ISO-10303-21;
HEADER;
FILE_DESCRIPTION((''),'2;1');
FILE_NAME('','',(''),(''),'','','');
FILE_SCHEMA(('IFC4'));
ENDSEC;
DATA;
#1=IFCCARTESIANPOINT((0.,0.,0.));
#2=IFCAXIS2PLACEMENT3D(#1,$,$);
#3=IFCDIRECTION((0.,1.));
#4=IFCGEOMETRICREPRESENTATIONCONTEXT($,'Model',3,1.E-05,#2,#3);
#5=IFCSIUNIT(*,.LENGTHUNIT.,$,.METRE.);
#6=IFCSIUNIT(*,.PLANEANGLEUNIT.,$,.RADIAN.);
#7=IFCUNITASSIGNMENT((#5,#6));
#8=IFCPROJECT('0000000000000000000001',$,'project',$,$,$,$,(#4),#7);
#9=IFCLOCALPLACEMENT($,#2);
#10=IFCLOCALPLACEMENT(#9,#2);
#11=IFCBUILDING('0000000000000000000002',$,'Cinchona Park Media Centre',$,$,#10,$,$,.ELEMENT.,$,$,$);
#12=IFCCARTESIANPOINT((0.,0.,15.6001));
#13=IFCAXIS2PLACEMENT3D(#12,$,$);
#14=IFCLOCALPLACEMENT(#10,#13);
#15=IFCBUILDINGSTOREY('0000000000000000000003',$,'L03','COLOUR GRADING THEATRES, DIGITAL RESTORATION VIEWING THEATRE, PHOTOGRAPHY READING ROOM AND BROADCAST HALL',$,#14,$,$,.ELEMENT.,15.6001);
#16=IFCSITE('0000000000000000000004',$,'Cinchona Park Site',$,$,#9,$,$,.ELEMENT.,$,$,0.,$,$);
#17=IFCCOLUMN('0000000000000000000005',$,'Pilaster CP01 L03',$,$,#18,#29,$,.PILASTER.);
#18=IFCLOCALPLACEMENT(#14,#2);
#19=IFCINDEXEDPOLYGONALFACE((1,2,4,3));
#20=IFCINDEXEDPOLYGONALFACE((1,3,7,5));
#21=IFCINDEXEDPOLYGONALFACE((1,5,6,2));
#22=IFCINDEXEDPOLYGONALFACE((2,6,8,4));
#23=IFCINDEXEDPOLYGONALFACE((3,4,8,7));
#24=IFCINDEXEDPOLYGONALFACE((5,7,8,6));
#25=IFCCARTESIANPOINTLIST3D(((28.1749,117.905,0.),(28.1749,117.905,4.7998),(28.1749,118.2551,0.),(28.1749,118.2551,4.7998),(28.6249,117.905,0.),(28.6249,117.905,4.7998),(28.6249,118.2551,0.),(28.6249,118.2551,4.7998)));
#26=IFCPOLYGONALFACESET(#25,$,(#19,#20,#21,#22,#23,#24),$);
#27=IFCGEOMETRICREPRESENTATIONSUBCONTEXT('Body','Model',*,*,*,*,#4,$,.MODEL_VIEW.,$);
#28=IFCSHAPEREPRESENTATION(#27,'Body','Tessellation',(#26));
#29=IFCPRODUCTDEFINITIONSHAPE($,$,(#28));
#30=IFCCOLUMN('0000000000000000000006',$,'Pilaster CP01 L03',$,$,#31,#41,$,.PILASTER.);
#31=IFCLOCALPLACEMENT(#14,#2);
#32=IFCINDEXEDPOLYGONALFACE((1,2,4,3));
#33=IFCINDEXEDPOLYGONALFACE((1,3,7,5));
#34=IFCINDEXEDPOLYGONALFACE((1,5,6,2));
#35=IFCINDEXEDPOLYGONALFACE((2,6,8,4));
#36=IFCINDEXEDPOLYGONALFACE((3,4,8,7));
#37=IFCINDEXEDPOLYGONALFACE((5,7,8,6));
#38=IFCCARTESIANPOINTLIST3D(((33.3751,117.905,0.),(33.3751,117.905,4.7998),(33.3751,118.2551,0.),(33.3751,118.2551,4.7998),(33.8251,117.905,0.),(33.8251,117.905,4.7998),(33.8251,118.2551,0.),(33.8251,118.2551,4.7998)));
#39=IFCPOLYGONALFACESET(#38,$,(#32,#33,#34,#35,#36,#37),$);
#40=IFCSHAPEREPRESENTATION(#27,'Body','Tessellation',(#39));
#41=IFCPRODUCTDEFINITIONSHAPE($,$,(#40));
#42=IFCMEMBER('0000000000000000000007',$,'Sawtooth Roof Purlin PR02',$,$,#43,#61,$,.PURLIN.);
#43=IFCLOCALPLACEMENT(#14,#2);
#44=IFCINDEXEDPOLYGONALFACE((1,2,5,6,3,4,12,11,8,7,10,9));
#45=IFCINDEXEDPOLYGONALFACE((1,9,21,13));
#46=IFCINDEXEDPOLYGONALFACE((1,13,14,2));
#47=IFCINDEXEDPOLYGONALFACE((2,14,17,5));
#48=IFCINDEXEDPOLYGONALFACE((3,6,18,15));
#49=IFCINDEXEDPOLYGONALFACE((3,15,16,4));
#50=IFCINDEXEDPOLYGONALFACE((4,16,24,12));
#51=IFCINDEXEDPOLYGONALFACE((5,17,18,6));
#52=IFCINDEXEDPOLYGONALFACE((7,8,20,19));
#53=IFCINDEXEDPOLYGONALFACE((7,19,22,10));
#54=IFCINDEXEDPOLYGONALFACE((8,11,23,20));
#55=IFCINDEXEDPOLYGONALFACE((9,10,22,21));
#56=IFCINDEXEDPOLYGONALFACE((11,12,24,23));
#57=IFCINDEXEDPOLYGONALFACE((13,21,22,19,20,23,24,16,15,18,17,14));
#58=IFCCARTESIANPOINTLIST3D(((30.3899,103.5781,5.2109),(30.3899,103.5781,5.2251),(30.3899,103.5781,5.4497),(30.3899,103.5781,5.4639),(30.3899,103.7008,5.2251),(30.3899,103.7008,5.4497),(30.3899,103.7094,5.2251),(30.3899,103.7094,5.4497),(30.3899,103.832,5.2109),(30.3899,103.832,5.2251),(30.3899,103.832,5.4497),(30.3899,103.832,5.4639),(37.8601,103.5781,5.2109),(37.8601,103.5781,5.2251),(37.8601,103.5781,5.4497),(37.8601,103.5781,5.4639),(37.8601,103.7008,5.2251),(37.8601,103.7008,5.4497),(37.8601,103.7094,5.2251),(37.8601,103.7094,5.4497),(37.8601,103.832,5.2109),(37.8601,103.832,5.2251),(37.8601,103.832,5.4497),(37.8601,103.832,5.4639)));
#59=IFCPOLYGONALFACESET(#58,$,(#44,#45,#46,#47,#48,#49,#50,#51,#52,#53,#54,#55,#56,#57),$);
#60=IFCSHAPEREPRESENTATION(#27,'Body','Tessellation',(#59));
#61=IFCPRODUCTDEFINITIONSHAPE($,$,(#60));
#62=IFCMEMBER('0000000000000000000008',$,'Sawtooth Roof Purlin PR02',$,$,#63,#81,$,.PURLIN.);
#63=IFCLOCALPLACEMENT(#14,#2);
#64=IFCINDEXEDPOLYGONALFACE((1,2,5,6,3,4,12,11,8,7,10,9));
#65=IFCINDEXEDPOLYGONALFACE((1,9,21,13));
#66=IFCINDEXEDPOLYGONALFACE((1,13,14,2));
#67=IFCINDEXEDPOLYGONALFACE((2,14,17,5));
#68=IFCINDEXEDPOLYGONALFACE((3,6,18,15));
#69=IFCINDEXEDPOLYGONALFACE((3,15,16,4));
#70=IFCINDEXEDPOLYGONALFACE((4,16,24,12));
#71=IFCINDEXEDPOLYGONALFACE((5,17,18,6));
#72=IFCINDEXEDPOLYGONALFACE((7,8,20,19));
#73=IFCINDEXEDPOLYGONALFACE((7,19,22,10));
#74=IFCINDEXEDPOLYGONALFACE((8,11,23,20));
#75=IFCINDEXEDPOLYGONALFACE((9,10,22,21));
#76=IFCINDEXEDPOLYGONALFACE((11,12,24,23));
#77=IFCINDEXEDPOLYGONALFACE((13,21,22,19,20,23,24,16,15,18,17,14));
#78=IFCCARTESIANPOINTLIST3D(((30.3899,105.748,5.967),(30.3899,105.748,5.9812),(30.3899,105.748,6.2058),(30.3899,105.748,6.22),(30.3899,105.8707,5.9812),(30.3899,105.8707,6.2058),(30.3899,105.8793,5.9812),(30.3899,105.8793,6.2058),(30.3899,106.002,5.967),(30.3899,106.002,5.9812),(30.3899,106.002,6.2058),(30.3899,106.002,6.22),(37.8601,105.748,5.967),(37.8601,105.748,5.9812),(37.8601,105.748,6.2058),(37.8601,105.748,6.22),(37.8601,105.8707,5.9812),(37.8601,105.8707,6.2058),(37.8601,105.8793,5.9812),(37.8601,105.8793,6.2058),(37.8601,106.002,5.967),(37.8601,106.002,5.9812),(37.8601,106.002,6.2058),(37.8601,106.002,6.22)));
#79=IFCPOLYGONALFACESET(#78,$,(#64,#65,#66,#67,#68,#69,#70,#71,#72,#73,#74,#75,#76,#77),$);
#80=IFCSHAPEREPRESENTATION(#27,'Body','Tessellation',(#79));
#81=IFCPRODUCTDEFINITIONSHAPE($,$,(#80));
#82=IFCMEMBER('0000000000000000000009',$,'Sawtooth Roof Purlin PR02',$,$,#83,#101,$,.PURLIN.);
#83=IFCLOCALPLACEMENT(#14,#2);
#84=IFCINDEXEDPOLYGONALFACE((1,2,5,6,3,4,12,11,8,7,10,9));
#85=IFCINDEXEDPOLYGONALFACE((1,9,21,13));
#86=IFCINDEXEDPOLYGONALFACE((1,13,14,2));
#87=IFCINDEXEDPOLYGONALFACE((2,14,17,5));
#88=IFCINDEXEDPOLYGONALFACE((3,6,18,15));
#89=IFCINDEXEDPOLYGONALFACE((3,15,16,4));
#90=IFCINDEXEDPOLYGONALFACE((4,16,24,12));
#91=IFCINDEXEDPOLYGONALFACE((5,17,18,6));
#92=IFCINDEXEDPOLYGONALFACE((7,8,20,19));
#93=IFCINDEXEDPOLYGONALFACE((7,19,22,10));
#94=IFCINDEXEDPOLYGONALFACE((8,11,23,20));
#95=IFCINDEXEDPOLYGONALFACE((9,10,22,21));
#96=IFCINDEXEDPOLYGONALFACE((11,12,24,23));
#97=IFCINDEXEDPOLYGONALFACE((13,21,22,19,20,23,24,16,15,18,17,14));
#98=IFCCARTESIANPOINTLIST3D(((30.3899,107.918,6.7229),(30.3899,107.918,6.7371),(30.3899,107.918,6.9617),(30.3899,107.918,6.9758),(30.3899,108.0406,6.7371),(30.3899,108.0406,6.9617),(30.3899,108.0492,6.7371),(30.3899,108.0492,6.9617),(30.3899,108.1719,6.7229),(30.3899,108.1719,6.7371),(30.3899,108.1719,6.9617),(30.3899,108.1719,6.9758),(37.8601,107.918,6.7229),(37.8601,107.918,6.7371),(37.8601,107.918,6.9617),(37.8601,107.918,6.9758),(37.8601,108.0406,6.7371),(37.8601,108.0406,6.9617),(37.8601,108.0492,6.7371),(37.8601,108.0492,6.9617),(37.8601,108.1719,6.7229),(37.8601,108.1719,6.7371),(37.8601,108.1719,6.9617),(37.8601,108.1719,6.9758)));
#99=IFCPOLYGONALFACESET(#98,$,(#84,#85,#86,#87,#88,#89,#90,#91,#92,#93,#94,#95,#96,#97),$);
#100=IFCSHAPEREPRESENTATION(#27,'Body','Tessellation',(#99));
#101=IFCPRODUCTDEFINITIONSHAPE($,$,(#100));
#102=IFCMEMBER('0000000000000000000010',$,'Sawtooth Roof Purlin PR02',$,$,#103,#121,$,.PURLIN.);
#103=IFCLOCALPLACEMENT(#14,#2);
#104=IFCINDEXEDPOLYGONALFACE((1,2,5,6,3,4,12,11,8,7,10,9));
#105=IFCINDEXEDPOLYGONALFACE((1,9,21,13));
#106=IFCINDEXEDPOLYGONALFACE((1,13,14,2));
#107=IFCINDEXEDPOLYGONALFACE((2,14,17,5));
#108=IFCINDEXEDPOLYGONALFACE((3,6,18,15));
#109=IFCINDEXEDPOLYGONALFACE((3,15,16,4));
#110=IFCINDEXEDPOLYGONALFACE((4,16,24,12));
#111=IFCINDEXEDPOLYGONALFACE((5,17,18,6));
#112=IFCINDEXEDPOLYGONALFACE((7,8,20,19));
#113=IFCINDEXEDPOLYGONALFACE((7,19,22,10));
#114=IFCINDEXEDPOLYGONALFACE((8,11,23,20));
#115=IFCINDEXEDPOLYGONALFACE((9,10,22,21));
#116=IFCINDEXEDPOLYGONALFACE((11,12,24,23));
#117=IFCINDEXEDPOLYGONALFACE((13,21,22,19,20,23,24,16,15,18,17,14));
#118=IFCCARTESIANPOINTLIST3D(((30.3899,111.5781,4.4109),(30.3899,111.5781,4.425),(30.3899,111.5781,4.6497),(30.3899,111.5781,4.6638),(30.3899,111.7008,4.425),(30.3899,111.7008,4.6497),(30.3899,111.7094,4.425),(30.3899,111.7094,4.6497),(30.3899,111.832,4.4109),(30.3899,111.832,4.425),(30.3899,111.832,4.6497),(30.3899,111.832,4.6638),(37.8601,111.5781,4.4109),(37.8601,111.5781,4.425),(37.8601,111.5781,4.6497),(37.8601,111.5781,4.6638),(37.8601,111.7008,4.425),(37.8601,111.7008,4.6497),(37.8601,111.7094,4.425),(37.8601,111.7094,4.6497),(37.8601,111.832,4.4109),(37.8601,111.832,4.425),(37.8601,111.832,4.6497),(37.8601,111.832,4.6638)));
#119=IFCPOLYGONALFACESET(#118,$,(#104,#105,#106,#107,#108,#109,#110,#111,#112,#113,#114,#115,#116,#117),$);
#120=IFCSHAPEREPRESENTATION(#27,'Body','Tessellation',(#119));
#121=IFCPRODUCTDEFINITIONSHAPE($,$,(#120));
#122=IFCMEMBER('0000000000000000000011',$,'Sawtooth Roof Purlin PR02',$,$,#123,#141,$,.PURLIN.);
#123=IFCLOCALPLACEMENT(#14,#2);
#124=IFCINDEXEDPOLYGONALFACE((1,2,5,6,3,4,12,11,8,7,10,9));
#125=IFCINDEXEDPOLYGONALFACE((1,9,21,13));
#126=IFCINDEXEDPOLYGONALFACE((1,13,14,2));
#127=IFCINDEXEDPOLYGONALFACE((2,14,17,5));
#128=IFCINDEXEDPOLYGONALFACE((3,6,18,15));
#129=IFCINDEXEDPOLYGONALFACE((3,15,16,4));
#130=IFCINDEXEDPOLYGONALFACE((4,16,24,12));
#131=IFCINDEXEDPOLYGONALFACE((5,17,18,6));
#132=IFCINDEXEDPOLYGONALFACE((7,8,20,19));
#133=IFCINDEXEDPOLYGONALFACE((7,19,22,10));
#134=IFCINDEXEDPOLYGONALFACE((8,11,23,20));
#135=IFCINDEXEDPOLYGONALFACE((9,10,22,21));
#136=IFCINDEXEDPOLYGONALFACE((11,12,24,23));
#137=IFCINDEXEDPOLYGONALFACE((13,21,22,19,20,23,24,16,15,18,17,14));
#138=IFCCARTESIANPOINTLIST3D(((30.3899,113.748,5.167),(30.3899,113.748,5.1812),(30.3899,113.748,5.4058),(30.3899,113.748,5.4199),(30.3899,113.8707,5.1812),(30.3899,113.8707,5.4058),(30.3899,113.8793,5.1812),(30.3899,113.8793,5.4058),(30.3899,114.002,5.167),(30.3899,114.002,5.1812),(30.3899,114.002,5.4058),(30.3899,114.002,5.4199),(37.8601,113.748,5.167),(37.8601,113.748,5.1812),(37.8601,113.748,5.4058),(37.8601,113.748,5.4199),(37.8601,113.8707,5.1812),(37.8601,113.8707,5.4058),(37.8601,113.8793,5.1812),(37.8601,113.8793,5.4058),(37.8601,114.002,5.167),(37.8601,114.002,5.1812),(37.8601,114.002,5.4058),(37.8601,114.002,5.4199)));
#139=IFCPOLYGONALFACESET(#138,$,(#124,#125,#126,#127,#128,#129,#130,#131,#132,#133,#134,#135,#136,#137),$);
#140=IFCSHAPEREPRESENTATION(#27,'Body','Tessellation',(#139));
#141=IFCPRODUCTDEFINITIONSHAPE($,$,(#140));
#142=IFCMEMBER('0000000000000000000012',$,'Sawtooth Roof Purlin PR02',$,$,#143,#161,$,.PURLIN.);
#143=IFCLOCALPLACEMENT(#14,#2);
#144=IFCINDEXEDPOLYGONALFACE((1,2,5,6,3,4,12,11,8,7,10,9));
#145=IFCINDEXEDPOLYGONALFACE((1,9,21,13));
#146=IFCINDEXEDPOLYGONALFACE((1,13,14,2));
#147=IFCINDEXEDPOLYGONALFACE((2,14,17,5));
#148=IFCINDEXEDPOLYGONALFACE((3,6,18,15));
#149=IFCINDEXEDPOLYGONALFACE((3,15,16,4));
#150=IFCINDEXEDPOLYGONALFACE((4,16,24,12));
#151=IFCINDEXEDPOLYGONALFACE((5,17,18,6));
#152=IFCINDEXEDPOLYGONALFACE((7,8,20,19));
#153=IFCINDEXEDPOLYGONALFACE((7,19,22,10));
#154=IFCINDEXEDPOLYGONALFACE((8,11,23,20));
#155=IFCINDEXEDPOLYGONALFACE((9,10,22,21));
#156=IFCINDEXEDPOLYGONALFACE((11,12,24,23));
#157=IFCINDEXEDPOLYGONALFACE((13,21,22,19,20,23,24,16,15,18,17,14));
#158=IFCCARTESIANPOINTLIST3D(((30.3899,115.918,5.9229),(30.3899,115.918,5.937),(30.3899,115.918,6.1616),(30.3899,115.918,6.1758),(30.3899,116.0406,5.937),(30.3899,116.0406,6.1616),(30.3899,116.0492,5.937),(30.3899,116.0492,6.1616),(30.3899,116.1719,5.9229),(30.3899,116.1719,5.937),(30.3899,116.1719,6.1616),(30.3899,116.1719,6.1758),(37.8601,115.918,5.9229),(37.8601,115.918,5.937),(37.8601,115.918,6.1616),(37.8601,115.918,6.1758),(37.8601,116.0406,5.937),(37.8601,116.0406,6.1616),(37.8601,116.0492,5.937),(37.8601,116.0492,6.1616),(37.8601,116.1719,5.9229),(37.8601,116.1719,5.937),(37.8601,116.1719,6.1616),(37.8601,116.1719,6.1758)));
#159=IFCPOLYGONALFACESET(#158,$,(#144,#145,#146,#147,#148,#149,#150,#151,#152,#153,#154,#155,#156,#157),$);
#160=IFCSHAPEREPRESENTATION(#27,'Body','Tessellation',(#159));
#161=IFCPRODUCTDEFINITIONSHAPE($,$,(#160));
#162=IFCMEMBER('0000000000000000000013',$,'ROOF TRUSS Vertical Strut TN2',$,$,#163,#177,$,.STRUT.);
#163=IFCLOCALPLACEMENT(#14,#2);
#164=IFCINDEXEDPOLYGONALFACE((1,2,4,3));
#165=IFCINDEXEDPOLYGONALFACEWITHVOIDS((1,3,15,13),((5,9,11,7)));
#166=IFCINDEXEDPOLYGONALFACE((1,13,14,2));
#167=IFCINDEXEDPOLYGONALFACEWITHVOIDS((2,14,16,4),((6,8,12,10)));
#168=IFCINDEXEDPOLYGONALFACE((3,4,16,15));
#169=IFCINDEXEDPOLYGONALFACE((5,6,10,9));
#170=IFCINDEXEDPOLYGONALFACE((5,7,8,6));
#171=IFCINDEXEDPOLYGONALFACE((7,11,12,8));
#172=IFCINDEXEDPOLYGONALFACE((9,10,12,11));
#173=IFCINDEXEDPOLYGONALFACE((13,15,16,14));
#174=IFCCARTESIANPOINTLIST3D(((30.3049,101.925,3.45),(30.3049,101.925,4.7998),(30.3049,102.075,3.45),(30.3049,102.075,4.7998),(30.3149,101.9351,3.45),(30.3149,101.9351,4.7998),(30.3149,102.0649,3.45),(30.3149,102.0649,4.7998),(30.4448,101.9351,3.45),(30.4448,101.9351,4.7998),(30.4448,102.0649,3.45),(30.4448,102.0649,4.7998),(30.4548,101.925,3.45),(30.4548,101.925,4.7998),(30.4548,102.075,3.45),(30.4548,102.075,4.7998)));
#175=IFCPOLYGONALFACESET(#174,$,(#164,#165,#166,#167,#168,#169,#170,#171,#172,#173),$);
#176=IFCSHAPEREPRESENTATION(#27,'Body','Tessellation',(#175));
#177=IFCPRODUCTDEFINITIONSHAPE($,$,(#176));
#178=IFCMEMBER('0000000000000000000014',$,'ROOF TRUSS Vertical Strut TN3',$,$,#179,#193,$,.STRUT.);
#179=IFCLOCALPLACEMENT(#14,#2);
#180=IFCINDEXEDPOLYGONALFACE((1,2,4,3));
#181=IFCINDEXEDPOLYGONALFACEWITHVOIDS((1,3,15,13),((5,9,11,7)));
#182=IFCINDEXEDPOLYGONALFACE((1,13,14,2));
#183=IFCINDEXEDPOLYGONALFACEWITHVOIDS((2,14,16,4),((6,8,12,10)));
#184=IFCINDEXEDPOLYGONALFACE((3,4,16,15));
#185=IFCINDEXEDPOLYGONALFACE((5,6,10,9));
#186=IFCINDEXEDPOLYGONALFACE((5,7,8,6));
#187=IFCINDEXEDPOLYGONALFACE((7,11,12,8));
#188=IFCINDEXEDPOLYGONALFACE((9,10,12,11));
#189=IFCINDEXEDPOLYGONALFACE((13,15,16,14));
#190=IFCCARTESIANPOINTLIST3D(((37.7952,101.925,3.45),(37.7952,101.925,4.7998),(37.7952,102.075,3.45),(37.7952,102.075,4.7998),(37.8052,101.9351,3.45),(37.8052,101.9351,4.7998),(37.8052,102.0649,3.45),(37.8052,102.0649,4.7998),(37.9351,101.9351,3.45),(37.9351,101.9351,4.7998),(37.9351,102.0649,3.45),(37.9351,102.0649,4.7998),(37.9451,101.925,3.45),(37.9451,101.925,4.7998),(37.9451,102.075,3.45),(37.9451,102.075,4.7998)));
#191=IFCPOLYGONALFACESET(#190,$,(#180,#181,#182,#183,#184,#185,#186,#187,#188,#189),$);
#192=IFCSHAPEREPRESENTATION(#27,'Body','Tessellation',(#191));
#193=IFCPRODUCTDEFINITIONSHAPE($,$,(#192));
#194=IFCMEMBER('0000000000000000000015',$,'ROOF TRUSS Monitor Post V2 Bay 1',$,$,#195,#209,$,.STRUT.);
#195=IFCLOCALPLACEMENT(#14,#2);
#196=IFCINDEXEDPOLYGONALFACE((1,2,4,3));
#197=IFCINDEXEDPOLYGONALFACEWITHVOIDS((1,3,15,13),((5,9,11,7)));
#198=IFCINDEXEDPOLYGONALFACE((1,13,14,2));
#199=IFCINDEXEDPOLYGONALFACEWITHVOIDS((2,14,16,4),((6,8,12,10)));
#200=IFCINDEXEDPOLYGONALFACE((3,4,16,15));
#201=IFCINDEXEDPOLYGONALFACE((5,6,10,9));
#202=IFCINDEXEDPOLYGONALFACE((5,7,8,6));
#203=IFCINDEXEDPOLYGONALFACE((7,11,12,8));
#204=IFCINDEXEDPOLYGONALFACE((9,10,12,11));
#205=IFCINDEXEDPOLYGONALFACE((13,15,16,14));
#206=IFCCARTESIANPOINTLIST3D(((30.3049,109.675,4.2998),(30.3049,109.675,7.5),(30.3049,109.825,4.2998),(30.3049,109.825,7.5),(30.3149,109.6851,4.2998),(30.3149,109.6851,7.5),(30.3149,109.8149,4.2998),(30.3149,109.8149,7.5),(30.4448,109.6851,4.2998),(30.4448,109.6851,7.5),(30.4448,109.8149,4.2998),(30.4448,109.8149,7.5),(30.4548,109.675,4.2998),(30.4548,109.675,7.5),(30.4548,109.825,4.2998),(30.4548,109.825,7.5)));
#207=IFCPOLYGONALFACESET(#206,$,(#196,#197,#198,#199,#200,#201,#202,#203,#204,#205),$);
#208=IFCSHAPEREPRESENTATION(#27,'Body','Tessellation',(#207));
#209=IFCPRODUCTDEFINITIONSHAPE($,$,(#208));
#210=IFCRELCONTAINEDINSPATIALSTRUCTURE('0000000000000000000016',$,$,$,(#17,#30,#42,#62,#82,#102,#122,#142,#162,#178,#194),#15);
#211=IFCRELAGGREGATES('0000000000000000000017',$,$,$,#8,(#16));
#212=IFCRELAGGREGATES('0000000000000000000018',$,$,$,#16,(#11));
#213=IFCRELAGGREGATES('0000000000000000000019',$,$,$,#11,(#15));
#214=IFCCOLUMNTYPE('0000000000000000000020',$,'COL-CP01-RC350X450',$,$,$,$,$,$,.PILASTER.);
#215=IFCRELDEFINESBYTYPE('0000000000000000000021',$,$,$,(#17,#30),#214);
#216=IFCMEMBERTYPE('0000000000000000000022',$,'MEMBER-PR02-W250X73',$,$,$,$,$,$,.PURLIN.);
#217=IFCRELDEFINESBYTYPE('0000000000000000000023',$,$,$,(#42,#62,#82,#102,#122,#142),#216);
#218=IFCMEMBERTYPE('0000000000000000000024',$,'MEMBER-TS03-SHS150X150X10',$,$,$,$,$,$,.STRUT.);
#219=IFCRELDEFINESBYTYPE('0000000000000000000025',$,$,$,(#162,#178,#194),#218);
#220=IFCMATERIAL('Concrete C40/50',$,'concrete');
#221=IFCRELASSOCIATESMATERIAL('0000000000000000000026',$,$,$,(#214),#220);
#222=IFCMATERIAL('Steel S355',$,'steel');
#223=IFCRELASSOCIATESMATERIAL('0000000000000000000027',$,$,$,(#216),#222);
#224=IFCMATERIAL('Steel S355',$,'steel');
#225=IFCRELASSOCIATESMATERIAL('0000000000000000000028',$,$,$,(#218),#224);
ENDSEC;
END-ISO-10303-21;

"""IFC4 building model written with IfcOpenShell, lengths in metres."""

from ifc_helpers import new_model, si_unit, direction, frame, origin, origin_2d, place, context, subcontext, project, spatial, rectangle, hollow_rectangle, i_section, extrude, material, material_profile, profile_set, type_object, element, save


model = new_model("IFC4")

# Units and contexts
model_context = context("Model", 3, precision=1e-05, world=origin(), true_north=direction((0.0, 1.0)))
body_context = subcontext(model_context, "Body", "Model", "MODEL_VIEW")
ifc_project = project(units=[si_unit("LENGTHUNIT", "METRE"), si_unit("PLANEANGLEUNIT", "RADIAN")], contexts=[model_context])

# Site, building, storey
site_placement = place(None, origin())
site = spatial("IfcSite", under=ifc_project, at=site_placement, Name="Cinchona Park Site", CompositionType="ELEMENT", RefElevation=0.0)
building_placement = place(site_placement, origin())
building = spatial("IfcBuilding", under=site, at=building_placement, Name="Cinchona Park Media Centre", CompositionType="ELEMENT")
storey_placement = place(building_placement, frame((0.0, 0.0, 15.6001)))
storey = spatial("IfcBuildingStorey", under=building, at=storey_placement, Name="L03", Description="COLOUR GRADING THEATRES, DIGITAL RESTORATION VIEWING THEATRE, PHOTOGRAPHY READING ROOM AND BROADCAST HALL", CompositionType="ELEMENT", Elevation=15.6001)

# Columns
ifc_material_1 = material(Name="Concrete C40/50", Category="concrete")
ifc_material_profile_1 = material_profile(ifc_material_1, rectangle(XDim=0.3501, YDim=0.45, at=origin_2d()), Name="RC 350X450")
ifc_profile_set_1 = profile_set([ifc_material_profile_1], Name="Concrete C40/50")
column_type = type_object("IfcColumnType", Name="COL-CP01-RC350X450", PredefinedType="PILASTER", material=ifc_profile_set_1)
for number, where, z_axis, x_axis, name in (
    (1, (28.3999, 118.0801, 0.0), (0.0, 0.0, 1.0), (0.0, 1.0, 0.0), "Pilaster CP01 L03"),
    (2, (33.6001, 118.0801, 0.0), (0.0, 0.0, 1.0), (0.0, 1.0, 0.0), "Pilaster CP01 L03"),
):
    element("IfcColumn", number, at=place(storey_placement, frame(where, z_axis=z_axis, x_axis=x_axis)), inside=storey, type_object=column_type, Name=name, PredefinedType="PILASTER", context=body_context, shape_type="SweptSolid", body=[
        extrude(rectangle(XDim=0.3501, YDim=0.45, at=origin_2d()), origin(), (0.0, 0.0, 1.0), 4.7998),
    ])

# Members
ifc_material_2 = material(Name="Steel S355", Category="steel")
ifc_material_profile_2 = material_profile(ifc_material_2, i_section(OverallWidth=0.2539, OverallDepth=0.2529, WebThickness=0.0085, FlangeThickness=0.0142, at=origin_2d()), Name="W250X73")
ifc_profile_set_2 = profile_set([ifc_material_profile_2], Name="Steel S355")
member_type_1 = type_object("IfcMemberType", Name="MEMBER-PR02-W250X73", PredefinedType="PURLIN", material=ifc_profile_set_2)
for number, where, z_axis, x_axis, name in (
    (3, (30.3899, 103.7051, 5.3374), (1.0, 0.0, 0.0), (0.0, 1.0, 0.0), "Sawtooth Roof Purlin PR02"),
    (4, (30.3899, 105.875, 6.0935), (1.0, 0.0, 0.0), (0.0, 1.0, 0.0), "Sawtooth Roof Purlin PR02"),
    (5, (30.3899, 108.0449, 6.8494), (1.0, 0.0, 0.0), (0.0, 1.0, 0.0), "Sawtooth Roof Purlin PR02"),
    (6, (30.3899, 111.7051, 4.5374), (1.0, 0.0, 0.0), (0.0, 1.0, 0.0), "Sawtooth Roof Purlin PR02"),
    (7, (30.3899, 113.875, 5.2935), (1.0, 0.0, 0.0), (0.0, 1.0, 0.0), "Sawtooth Roof Purlin PR02"),
    (8, (30.3899, 116.0449, 6.0493), (1.0, 0.0, 0.0), (0.0, 1.0, 0.0), "Sawtooth Roof Purlin PR02"),
):
    element("IfcMember", number, at=place(storey_placement, frame(where, z_axis=z_axis, x_axis=x_axis)), inside=storey, type_object=member_type_1, Name=name, PredefinedType="PURLIN", context=body_context, shape_type="SweptSolid", body=[
        extrude(i_section(OverallWidth=0.2539, OverallDepth=0.2529, WebThickness=0.0085, FlangeThickness=0.0142, at=origin_2d()), origin(), (0.0, 0.0, 1.0), 7.4702),
    ])
ifc_material_3 = material(Name="Steel S355", Category="steel")
ifc_material_profile_3 = material_profile(ifc_material_3, hollow_rectangle(XDim=0.1499, YDim=0.1499, WallThickness=0.01, at=origin_2d()), Name="150X150X10SHS")
ifc_profile_set_3 = profile_set([ifc_material_profile_3], Name="Steel S355")
member_type_2 = type_object("IfcMemberType", Name="MEMBER-TS03-SHS150X150X10", PredefinedType="STRUT", material=ifc_profile_set_3)
for number, where, z_axis, x_axis, name in (
    (9, (30.3799, 102.0, 3.45), (0.0, 0.0, 1.0), (1.0, 0.0, 0.0), "ROOF TRUSS Vertical Strut TN2"),
    (10, (37.8701, 102.0, 3.45), (0.0, 0.0, 1.0), (1.0, 0.0, 0.0), "ROOF TRUSS Vertical Strut TN3"),
):
    element("IfcMember", number, at=place(storey_placement, frame(where, z_axis=z_axis, x_axis=x_axis)), inside=storey, type_object=member_type_2, Name=name, PredefinedType="STRUT", context=body_context, shape_type="SweptSolid", body=[
        extrude(hollow_rectangle(XDim=0.1499, YDim=0.1499, WallThickness=0.01, at=origin_2d()), origin(), (0.0, 0.0, 1.0), 1.3499),
    ])
for number, where, z_axis, x_axis, name in (
    (11, (30.3799, 109.75, 4.2998), (0.0, 0.0, 1.0), (1.0, 0.0, 0.0), "ROOF TRUSS Monitor Post V2 Bay 1"),
):
    element("IfcMember", number, at=place(storey_placement, frame(where, z_axis=z_axis, x_axis=x_axis)), inside=storey, type_object=member_type_2, Name=name, PredefinedType="STRUT", context=body_context, shape_type="SweptSolid", body=[
        extrude(hollow_rectangle(XDim=0.1499, YDim=0.1499, WallThickness=0.01, at=origin_2d()), origin(), (0.0, 0.0, 1.0), 3.2002),
    ])

save(model, "model.ifc")
